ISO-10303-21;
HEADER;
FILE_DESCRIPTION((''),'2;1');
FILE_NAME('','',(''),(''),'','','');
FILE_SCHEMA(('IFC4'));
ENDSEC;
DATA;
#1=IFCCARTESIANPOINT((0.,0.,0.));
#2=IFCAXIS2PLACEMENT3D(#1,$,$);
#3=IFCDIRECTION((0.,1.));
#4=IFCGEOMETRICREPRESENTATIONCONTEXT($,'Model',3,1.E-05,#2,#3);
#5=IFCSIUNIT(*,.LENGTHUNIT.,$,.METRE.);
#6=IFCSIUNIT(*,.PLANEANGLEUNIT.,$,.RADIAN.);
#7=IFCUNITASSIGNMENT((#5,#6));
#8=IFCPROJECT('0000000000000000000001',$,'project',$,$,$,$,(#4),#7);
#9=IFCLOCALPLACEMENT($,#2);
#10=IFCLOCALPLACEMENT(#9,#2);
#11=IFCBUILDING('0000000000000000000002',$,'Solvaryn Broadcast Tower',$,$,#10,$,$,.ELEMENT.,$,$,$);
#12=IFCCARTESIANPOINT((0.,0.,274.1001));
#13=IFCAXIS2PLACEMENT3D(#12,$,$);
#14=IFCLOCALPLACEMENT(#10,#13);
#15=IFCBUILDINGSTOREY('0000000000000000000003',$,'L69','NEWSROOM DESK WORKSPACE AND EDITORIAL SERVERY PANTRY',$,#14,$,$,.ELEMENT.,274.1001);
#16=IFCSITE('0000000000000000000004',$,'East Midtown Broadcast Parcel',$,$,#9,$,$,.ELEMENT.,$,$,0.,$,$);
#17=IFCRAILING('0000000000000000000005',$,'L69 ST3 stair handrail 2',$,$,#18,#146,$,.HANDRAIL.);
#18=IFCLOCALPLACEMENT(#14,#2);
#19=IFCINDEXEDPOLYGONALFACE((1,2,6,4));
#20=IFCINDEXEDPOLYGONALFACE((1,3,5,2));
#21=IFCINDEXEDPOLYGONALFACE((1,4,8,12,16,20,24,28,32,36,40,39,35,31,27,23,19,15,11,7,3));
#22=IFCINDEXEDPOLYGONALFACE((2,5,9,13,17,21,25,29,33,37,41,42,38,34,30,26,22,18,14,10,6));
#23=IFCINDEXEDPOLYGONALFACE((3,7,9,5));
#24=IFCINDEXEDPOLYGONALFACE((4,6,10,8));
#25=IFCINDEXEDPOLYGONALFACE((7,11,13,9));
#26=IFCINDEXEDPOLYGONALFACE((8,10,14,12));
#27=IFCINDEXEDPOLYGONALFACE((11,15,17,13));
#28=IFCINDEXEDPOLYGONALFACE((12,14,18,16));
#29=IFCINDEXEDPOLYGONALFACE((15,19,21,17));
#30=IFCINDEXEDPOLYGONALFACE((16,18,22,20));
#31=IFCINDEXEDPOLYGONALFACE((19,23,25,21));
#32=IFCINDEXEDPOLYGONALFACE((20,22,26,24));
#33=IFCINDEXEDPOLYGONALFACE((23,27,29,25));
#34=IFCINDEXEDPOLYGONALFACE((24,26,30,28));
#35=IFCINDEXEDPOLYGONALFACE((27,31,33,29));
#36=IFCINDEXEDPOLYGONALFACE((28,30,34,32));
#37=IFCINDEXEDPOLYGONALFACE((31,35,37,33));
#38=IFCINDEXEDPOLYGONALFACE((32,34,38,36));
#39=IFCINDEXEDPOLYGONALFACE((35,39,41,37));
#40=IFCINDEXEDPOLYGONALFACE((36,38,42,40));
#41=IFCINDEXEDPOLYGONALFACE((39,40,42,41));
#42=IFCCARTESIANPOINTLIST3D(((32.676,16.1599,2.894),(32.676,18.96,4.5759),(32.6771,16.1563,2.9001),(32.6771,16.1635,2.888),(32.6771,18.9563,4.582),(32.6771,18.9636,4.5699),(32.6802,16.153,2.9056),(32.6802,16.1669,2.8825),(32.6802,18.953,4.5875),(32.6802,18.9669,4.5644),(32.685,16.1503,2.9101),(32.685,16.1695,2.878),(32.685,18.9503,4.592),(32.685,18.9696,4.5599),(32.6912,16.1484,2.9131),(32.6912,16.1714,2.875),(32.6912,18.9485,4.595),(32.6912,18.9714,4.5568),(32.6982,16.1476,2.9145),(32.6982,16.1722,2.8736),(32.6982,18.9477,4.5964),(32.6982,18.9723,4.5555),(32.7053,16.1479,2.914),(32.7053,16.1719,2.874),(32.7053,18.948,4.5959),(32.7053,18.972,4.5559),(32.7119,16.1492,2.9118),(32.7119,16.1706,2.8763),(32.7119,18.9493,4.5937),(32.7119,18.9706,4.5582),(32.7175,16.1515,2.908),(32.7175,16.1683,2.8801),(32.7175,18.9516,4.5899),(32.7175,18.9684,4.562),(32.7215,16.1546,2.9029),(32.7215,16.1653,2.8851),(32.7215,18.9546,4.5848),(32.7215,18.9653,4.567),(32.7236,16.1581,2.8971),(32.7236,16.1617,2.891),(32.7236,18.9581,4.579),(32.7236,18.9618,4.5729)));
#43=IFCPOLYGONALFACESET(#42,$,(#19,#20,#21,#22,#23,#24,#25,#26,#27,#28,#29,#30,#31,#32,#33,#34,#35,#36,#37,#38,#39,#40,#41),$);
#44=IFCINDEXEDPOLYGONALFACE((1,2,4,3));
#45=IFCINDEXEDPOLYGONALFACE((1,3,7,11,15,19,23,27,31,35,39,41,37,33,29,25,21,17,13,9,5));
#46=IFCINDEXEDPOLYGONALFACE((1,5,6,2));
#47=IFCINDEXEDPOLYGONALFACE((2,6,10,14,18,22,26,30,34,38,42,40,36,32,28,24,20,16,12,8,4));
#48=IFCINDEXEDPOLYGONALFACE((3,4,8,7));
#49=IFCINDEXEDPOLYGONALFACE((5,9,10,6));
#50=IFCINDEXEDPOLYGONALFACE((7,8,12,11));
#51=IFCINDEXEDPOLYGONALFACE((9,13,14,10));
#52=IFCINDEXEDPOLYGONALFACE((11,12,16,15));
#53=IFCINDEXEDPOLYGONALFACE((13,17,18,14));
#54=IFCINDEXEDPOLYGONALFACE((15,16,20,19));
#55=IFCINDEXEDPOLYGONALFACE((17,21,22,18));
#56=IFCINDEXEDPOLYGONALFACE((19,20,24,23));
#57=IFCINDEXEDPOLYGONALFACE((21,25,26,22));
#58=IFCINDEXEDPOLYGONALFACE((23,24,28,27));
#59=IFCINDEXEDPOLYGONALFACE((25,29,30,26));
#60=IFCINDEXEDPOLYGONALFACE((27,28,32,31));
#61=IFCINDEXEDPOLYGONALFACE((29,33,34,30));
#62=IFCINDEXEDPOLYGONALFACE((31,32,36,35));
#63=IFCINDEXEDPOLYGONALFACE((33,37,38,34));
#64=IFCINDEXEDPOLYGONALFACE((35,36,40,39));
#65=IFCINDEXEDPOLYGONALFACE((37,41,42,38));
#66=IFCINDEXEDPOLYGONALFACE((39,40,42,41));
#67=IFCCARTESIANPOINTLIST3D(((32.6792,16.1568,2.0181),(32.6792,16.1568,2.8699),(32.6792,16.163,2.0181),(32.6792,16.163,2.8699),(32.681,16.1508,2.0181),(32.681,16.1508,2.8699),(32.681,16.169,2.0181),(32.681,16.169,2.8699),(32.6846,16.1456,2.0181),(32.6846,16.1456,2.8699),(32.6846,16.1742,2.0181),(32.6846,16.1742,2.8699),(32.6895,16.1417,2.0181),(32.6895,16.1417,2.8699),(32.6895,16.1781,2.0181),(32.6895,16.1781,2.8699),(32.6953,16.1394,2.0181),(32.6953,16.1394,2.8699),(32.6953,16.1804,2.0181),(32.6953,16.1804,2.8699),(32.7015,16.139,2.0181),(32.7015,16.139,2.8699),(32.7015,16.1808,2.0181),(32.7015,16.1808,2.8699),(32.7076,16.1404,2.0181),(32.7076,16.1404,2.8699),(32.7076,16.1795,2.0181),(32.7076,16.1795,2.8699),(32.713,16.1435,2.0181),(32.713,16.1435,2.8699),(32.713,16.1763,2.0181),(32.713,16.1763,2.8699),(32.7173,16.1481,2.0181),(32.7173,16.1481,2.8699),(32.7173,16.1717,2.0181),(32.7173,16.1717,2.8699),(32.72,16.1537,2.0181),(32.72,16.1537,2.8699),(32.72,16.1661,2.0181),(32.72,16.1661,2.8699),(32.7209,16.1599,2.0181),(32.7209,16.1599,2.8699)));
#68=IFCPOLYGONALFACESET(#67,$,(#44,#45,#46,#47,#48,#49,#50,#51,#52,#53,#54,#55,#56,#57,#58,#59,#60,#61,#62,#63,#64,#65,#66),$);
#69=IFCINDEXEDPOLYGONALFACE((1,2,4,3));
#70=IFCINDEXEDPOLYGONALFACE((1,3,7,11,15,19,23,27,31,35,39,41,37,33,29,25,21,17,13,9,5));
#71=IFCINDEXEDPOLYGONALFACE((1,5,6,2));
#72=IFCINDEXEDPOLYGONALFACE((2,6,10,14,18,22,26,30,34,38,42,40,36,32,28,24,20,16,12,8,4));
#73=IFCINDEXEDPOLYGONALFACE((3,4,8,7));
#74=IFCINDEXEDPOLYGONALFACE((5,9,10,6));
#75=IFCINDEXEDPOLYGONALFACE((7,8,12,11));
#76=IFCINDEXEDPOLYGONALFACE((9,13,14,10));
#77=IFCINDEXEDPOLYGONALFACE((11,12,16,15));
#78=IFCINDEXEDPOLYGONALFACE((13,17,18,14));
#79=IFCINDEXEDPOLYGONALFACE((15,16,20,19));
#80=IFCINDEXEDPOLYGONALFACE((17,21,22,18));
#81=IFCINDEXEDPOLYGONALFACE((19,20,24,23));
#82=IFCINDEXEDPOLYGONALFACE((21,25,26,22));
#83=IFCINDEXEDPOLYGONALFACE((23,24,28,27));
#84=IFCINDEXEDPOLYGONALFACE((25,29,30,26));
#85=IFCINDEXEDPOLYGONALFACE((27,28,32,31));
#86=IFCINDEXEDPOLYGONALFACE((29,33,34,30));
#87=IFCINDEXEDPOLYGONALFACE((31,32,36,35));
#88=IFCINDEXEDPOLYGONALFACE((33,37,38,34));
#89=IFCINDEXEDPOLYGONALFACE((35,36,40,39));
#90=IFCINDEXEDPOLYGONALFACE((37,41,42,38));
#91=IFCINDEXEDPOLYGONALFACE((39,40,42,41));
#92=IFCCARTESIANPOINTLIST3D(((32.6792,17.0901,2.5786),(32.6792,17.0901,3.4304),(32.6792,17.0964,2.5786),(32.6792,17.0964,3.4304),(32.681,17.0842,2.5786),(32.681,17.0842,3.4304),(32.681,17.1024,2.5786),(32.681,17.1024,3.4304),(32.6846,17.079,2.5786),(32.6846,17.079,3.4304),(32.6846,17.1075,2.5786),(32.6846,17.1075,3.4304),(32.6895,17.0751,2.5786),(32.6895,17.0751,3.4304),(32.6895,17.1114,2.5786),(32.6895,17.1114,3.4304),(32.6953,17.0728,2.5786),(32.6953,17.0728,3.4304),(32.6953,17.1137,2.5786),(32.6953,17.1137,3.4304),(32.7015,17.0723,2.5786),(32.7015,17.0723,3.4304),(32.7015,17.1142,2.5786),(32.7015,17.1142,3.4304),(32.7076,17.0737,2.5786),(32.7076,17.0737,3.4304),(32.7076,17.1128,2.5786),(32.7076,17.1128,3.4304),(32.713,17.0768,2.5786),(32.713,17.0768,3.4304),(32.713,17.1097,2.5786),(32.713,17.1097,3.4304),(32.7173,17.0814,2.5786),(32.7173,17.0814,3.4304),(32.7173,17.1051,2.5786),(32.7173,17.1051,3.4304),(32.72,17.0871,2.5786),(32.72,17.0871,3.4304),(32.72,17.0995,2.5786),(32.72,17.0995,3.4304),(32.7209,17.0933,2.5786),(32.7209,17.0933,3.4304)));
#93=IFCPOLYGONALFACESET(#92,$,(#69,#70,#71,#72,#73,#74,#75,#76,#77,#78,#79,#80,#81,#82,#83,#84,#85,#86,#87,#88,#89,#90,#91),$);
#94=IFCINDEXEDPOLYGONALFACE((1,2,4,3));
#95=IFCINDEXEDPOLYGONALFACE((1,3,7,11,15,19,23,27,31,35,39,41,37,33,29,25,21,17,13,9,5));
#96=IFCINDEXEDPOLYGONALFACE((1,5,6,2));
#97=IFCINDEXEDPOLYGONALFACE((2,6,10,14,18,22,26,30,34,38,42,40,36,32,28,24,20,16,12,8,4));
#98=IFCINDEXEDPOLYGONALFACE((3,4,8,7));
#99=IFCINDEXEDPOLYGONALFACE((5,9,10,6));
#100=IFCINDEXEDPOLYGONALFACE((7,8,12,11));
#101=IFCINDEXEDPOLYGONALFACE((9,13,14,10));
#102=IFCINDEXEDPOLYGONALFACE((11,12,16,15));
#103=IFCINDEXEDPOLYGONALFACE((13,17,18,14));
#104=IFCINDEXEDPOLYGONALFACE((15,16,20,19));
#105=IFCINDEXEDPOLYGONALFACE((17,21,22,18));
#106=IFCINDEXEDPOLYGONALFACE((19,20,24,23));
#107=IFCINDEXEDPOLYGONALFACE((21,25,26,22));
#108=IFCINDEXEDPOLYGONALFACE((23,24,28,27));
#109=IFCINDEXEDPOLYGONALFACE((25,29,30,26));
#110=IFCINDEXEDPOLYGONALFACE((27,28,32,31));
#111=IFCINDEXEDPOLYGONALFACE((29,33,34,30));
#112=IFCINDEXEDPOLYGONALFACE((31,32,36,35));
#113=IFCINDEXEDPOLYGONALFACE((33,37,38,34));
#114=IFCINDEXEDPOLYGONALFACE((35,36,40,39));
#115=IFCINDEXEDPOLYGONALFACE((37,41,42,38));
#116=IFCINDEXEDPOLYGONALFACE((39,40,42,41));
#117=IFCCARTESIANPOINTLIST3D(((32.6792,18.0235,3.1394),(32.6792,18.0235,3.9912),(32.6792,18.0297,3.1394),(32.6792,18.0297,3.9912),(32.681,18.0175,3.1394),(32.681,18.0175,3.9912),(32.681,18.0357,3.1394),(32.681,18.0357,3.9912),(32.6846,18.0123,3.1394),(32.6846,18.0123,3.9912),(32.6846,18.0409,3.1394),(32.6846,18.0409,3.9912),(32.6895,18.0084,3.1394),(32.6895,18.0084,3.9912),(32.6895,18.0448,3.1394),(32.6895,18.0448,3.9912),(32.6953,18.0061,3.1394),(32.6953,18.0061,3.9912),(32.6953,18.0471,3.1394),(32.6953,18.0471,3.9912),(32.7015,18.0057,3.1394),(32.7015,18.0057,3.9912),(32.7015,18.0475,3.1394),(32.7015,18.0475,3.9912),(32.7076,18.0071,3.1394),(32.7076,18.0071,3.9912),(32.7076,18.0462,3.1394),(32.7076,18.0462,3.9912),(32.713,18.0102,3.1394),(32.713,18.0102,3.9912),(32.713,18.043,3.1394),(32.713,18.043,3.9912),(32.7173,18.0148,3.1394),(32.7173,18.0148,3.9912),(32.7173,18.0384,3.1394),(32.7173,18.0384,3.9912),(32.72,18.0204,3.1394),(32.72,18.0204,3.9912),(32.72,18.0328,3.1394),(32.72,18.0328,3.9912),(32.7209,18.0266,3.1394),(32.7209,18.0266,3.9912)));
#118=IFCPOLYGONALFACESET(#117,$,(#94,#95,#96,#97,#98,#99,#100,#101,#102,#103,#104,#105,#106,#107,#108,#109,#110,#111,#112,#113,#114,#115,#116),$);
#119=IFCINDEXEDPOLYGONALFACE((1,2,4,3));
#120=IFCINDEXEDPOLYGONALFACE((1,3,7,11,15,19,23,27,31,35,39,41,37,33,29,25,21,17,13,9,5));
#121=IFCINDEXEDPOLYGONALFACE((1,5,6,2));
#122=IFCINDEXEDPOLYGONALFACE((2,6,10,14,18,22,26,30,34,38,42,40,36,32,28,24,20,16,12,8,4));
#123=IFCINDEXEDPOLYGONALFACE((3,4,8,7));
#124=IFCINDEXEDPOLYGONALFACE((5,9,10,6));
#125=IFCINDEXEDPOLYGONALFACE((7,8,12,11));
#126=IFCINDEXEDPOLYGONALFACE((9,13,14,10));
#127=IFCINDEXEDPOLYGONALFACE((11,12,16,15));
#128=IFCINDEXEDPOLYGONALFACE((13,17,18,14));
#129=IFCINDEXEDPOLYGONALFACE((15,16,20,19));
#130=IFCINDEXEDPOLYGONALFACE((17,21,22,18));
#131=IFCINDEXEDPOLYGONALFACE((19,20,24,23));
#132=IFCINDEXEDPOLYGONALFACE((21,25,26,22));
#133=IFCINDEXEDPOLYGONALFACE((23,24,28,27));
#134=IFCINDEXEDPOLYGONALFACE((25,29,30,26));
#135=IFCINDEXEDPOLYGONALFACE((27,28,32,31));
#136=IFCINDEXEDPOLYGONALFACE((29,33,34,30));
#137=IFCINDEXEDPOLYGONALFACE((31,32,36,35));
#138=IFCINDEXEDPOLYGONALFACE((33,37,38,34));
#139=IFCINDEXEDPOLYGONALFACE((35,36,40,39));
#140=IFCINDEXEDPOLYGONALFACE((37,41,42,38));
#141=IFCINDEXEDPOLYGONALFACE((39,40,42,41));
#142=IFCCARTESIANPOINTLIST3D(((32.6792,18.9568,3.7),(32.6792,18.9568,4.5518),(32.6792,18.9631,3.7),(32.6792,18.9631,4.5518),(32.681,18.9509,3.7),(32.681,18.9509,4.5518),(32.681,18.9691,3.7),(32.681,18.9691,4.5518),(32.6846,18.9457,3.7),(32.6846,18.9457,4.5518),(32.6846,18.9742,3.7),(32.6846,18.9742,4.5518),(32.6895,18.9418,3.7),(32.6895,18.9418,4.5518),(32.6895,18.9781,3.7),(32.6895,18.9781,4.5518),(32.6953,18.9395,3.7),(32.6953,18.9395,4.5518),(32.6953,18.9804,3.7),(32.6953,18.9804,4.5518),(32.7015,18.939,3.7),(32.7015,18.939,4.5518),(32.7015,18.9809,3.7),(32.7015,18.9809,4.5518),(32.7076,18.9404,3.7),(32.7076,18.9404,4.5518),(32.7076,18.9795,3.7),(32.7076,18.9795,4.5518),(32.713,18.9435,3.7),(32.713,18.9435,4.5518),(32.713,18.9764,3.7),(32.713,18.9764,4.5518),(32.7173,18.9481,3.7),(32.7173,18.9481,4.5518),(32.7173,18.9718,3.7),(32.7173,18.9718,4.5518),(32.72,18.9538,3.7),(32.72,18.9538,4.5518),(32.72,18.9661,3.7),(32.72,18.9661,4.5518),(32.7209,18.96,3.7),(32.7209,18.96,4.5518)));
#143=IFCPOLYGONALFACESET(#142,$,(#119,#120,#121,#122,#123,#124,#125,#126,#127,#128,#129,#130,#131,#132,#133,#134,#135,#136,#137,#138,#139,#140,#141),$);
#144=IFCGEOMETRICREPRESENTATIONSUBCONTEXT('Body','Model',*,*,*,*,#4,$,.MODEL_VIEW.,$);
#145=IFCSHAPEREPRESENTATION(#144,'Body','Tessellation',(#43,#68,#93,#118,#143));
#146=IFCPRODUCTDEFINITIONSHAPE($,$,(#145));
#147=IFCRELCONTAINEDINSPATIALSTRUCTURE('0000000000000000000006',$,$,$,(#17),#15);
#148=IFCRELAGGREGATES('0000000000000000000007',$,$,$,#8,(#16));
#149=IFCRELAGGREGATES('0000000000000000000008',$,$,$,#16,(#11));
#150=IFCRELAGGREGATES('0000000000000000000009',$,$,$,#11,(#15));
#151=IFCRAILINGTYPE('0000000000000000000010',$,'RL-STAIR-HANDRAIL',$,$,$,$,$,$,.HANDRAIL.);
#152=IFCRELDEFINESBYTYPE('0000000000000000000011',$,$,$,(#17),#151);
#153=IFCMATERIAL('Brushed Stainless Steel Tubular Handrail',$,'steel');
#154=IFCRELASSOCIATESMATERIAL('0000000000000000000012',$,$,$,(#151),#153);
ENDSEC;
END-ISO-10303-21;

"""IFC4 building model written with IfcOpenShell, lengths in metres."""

from ifc_helpers import new_model, si_unit, direction, frame, origin, origin_2d, place, context, subcontext, project, spatial, circle, extrude, material, type_object, element, save


model = new_model("IFC4")

# Units and contexts
model_context = context("Model", 3, precision=1e-05, world=origin(), true_north=direction((0.0, 1.0)))
body_context = subcontext(model_context, "Body", "Model", "MODEL_VIEW")
ifc_project = project(units=[si_unit("LENGTHUNIT", "METRE"), si_unit("PLANEANGLEUNIT", "RADIAN")], contexts=[model_context])

# Site, building, storey
site_placement = place(None, origin())
site = spatial("IfcSite", under=ifc_project, at=site_placement, Name="East Midtown Broadcast Parcel", CompositionType="ELEMENT", RefElevation=0.0)
building_placement = place(site_placement, origin())
building = spatial("IfcBuilding", under=site, at=building_placement, Name="Solvaryn Broadcast Tower", CompositionType="ELEMENT")
storey_placement = place(building_placement, frame((0.0, 0.0, 274.1001)))
storey = spatial("IfcBuildingStorey", under=building, at=storey_placement, Name="L69", Description="NEWSROOM DESK WORKSPACE AND EDITORIAL SERVERY PANTRY", CompositionType="ELEMENT", Elevation=274.1001)

# Railing
ifc_material_1 = material(Name="Brushed Stainless Steel Tubular Handrail", Category="steel")
railing_type_1 = type_object("IfcRailingType", Name="RL-STAIR-HANDRAIL", PredefinedType="HANDRAIL", material=ifc_material_1)
railing_1_placement = place(storey_placement, frame((32.7, 16.1599, 2.0181)))
element("IfcRailing", 1, at=railing_1_placement, inside=storey, type_object=railing_type_1, Name="L69 ST3 stair handrail 2", PredefinedType="HANDRAIL", context=body_context, shape_type="SweptSolid", body=[
    extrude(circle(Radius=0.0239, at=origin_2d()), frame((0.0, 0.0, 0.876), z_axis=(0.0, 0.857242, 0.514913), x_axis=(-1.0, 0.0, 0.0)), (0.0, 0.0, 1.0), 3.2664),
    extrude(circle(Radius=0.021, at=origin_2d()), origin(), (0.0, 0.0, 1.0), 0.8518),
    extrude(circle(Radius=0.021, at=origin_2d()), frame((0.0, 0.9333, 0.5605)), (0.0, 0.0, 1.0), 0.8518),
    extrude(circle(Radius=0.021, at=origin_2d()), frame((0.0, 1.8667, 1.1213)), (0.0, 0.0, 1.0), 0.8518),
    extrude(circle(Radius=0.021, at=origin_2d()), frame((0.0, 2.8, 1.6819)), (0.0, 0.0, 1.0), 0.8518),
])

save(model, "model.ifc")
